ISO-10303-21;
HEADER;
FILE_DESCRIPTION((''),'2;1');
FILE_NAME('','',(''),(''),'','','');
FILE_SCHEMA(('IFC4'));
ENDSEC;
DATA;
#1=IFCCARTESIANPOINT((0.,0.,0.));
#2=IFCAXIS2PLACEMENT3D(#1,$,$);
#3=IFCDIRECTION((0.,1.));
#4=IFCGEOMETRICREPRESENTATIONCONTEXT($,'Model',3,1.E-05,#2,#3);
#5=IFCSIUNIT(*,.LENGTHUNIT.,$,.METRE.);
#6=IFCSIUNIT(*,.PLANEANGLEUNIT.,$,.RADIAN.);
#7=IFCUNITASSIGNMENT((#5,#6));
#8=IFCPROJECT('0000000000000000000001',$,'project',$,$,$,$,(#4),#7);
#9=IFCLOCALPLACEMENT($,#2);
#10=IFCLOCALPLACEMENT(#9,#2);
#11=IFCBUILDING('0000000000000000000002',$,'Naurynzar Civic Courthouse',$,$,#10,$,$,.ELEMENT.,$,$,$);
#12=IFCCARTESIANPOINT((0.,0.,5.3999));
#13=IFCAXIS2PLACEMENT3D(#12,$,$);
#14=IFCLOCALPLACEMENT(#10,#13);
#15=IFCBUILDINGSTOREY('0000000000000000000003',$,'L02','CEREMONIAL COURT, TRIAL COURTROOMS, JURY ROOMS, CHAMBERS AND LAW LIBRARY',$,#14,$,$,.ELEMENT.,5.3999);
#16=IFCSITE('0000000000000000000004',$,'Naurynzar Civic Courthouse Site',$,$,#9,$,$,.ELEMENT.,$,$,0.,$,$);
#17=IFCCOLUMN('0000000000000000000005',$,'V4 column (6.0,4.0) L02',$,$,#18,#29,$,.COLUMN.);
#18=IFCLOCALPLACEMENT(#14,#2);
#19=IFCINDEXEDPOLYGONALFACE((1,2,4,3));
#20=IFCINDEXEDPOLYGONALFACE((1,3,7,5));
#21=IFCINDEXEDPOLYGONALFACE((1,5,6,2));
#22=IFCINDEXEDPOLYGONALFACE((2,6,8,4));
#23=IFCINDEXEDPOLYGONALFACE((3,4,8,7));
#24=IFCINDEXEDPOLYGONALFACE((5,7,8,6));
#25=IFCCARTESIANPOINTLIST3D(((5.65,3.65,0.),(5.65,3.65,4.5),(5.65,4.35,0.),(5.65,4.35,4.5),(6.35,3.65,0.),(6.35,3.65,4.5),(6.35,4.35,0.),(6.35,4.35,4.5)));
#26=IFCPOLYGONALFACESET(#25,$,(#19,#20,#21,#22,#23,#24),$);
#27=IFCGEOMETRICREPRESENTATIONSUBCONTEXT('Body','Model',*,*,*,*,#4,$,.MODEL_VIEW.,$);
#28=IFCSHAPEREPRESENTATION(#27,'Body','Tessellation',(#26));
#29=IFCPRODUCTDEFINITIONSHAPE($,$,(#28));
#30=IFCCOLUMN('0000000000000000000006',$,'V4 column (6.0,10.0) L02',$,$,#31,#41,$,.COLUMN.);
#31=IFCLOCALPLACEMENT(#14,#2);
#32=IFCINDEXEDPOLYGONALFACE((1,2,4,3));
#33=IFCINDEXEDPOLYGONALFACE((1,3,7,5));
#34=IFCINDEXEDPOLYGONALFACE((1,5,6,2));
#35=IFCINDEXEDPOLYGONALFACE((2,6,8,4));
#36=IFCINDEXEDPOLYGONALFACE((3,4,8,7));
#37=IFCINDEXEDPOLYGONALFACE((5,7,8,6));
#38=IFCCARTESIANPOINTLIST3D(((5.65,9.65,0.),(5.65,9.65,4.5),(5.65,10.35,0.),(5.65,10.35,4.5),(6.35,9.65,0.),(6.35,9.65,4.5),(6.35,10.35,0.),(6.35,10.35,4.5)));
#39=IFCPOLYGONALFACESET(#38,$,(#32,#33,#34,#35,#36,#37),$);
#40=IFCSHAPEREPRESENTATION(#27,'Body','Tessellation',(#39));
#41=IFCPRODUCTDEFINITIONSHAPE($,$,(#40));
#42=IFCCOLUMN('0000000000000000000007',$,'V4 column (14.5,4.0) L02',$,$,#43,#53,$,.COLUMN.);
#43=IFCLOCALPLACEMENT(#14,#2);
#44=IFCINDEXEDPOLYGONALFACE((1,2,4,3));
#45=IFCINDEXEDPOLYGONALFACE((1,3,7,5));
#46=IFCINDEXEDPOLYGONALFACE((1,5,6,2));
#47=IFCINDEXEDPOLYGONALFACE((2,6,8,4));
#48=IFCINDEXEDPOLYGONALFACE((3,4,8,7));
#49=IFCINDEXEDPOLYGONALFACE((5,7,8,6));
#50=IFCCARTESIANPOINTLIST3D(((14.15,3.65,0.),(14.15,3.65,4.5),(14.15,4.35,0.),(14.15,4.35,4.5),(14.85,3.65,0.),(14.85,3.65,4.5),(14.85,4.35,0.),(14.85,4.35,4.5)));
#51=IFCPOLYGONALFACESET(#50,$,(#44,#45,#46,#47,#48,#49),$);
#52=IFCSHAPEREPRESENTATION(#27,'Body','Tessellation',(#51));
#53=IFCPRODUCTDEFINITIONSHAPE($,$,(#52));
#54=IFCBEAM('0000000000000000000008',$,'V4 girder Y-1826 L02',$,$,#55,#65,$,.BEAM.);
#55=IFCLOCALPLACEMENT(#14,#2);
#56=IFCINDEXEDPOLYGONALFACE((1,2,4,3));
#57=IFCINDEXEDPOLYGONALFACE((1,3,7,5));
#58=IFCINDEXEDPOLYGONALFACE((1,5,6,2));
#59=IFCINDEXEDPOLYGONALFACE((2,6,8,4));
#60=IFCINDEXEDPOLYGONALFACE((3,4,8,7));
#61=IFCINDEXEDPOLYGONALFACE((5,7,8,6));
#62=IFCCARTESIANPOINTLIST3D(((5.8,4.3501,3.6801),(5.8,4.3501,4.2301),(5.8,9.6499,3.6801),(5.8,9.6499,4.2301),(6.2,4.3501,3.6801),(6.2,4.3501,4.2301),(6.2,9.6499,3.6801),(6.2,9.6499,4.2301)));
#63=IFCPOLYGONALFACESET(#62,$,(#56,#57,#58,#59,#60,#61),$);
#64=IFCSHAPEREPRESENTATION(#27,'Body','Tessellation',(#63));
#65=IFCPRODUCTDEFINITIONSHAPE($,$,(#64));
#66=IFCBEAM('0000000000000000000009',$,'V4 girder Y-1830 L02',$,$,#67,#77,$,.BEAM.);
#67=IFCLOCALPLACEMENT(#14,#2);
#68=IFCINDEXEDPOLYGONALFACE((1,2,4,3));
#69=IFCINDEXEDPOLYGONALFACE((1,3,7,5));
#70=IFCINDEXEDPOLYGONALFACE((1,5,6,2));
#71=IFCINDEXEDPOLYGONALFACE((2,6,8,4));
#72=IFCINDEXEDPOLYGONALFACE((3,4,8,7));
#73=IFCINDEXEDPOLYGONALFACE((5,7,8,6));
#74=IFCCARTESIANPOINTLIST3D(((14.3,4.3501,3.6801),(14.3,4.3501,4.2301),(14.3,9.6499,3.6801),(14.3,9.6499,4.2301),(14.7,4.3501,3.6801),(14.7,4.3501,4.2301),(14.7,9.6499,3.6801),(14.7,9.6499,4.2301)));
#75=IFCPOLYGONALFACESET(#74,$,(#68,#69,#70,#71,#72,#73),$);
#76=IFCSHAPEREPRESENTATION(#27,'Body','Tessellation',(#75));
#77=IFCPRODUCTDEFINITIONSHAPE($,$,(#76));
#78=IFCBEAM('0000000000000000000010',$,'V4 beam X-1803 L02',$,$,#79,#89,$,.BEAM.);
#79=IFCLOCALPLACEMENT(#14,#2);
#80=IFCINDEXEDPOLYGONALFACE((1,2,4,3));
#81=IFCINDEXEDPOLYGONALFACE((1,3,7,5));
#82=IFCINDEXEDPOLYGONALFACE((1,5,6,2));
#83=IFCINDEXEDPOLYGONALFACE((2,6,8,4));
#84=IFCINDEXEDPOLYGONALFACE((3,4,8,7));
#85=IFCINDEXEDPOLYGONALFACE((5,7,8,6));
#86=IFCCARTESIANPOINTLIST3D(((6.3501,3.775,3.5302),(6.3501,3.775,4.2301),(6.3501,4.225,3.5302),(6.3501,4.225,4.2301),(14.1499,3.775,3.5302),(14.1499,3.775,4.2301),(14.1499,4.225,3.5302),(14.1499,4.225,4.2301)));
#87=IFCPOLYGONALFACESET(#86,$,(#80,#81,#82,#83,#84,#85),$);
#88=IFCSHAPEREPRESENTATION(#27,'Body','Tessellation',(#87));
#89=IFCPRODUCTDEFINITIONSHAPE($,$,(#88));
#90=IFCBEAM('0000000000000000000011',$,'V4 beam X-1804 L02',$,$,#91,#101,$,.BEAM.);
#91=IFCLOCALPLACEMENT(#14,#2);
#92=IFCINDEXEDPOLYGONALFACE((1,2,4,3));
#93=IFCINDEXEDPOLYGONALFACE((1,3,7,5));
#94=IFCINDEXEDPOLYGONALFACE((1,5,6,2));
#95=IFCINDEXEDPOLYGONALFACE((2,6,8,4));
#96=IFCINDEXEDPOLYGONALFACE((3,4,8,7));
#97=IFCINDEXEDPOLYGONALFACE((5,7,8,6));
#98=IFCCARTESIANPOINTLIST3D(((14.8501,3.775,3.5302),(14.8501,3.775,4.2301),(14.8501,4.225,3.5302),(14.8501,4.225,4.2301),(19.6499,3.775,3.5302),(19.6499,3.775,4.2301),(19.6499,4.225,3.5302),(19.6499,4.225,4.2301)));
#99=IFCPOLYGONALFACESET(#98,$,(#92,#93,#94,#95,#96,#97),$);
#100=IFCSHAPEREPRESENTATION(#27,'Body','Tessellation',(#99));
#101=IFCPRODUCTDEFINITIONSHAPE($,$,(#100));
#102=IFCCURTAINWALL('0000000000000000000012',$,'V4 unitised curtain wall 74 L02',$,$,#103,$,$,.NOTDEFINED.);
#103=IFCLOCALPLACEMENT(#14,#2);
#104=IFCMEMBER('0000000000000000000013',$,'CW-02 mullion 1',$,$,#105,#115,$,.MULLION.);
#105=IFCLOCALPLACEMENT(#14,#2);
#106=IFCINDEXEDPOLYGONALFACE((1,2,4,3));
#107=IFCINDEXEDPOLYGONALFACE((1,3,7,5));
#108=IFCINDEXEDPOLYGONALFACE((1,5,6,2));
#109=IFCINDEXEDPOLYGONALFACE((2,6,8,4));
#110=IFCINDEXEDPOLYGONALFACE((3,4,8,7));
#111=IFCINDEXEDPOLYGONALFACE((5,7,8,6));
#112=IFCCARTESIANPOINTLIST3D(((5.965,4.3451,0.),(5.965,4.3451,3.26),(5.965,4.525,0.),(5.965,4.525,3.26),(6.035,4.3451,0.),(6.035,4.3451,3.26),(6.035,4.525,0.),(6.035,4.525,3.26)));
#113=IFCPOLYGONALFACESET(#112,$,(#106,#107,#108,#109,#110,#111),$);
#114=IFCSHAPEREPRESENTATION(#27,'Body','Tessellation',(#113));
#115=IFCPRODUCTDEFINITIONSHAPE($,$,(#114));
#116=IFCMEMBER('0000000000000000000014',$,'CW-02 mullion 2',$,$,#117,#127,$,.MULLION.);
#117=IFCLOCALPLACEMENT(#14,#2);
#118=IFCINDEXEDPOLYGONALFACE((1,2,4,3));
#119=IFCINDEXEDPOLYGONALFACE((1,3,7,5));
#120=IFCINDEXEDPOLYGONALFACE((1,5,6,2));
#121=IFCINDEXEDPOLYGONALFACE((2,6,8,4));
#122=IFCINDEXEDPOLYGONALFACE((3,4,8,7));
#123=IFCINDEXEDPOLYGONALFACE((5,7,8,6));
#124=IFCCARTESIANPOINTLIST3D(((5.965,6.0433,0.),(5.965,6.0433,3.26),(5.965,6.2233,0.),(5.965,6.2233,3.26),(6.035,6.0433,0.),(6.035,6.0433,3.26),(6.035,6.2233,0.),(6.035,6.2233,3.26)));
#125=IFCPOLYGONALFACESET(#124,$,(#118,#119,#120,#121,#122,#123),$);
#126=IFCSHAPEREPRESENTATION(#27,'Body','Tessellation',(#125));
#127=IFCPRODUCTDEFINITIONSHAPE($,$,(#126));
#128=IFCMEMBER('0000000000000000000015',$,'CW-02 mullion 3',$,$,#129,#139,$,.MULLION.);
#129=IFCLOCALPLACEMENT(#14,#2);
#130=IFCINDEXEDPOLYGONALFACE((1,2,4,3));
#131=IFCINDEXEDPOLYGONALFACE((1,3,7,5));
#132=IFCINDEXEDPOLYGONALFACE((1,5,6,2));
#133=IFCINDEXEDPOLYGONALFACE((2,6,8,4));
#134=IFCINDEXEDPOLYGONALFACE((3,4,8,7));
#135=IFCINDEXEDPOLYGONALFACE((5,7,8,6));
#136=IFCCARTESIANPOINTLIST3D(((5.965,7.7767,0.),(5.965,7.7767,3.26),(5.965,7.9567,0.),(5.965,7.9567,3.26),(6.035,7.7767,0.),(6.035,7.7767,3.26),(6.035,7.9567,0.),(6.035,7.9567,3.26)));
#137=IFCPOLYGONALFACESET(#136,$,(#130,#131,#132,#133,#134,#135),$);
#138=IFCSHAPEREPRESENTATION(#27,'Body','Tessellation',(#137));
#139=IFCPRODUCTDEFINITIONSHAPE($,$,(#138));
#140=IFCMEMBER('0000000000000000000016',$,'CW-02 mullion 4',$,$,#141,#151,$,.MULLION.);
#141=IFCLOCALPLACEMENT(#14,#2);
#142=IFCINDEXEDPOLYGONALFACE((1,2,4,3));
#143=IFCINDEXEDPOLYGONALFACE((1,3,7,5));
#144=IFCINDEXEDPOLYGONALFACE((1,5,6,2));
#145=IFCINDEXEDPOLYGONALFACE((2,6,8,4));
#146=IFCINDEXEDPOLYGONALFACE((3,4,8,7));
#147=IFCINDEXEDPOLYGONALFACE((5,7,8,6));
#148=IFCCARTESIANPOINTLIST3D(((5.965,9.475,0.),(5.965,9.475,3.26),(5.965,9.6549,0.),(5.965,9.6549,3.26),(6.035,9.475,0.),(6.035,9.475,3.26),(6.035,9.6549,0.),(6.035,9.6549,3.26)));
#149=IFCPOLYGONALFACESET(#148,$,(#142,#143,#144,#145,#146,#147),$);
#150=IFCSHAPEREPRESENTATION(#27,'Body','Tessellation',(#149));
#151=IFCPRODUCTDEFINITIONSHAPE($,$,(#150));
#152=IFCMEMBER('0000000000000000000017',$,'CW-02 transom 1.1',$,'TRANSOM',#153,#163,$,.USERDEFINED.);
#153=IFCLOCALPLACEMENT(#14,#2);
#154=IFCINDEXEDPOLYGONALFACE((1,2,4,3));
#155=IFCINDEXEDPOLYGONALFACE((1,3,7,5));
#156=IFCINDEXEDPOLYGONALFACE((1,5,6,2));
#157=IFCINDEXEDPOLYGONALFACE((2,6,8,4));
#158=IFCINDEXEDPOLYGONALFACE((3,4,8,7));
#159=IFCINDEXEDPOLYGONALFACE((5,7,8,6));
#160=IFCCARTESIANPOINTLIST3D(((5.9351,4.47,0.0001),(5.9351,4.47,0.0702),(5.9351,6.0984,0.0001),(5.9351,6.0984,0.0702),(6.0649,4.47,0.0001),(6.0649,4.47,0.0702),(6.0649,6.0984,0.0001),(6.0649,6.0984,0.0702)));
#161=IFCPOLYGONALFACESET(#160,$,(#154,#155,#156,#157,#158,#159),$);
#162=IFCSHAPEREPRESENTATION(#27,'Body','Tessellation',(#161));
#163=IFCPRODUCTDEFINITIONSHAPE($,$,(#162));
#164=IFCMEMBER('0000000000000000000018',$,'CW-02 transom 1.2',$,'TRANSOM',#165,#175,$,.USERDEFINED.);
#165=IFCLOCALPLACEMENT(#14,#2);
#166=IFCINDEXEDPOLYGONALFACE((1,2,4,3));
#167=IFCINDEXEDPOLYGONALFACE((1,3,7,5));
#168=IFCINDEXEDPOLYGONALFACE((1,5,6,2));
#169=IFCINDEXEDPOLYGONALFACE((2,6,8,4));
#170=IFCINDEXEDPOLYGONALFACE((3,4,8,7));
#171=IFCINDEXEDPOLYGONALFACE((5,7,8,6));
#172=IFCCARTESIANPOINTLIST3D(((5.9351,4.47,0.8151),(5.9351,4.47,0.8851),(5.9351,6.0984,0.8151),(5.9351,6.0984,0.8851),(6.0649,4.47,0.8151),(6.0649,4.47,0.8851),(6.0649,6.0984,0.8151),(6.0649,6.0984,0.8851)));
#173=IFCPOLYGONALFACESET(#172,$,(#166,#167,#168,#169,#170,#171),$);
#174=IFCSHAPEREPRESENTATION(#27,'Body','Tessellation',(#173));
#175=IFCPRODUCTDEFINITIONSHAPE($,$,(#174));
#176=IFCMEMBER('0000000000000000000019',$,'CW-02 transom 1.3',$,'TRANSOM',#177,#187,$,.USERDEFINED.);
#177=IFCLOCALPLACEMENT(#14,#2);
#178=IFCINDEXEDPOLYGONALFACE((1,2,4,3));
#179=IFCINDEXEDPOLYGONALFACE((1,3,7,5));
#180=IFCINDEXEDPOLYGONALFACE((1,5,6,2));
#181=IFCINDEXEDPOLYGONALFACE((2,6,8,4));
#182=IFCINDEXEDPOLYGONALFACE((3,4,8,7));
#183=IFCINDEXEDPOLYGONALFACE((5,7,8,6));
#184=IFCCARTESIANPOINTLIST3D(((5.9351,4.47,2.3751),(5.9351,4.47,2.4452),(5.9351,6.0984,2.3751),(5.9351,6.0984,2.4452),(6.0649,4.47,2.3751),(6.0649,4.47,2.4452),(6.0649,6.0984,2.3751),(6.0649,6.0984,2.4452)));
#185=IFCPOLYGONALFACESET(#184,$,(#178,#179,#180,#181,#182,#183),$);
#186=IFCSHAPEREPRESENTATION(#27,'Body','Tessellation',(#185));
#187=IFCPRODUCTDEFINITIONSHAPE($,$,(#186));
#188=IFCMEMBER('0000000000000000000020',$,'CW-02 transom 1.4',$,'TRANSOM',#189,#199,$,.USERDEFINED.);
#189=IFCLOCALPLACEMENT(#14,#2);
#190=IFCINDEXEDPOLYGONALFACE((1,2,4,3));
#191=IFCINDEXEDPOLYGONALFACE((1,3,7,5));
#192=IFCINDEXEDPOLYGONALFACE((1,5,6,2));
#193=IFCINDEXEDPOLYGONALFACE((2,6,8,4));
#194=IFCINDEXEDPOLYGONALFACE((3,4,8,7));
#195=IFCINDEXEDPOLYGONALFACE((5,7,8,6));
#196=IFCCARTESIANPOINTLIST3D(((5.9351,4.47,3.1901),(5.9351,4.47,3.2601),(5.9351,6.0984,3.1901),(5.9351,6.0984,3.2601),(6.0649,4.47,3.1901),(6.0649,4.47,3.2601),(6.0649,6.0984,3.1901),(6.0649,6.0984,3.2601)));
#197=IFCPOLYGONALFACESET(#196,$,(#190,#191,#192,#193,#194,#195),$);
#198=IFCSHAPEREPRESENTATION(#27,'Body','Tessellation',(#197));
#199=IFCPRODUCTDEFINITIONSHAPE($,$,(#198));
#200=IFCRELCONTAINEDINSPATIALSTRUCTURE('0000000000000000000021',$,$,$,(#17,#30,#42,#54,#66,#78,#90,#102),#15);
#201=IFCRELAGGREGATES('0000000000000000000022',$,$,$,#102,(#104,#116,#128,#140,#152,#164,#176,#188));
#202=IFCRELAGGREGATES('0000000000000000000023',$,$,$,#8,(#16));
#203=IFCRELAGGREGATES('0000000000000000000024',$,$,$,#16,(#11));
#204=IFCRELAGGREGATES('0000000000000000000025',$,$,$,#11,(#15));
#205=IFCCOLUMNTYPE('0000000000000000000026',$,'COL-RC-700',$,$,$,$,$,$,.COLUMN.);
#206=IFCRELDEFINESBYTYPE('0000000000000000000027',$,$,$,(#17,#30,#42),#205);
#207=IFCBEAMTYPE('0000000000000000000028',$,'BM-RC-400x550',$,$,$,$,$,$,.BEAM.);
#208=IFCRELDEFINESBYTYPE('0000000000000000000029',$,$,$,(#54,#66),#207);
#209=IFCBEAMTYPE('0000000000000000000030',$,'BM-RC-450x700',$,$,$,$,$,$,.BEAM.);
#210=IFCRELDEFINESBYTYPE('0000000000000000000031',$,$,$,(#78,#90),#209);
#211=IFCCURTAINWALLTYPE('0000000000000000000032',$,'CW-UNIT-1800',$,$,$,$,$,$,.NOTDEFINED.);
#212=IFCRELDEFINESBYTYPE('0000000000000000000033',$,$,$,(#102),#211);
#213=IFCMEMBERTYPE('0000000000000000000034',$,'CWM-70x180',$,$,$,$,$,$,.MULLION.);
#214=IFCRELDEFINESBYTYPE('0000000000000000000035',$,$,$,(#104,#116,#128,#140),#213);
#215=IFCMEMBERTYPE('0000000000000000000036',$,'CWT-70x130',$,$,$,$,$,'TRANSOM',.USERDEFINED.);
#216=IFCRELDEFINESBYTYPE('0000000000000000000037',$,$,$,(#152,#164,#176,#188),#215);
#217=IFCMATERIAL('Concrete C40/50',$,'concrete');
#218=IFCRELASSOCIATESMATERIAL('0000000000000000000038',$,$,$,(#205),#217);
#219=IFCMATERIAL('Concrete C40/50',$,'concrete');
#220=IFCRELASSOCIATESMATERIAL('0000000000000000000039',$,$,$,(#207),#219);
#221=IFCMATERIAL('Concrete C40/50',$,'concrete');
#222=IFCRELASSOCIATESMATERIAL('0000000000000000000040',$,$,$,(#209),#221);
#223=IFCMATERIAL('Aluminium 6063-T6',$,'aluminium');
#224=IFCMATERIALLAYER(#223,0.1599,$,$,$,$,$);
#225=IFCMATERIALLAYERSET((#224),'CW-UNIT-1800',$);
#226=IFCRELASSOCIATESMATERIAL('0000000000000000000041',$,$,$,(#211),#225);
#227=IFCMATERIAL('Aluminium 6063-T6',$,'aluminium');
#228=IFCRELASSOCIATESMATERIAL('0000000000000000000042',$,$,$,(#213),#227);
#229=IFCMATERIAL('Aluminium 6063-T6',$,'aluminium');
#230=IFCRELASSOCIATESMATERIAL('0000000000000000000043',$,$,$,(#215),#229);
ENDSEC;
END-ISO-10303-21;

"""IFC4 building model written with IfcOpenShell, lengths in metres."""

from ifc_helpers import new_model, si_unit, direction, frame, origin, origin_2d, place, context, subcontext, project, spatial, rectangle, extrude, material, layer, layer_set, material_profile, profile_set, type_object, element, aggregate, save


model = new_model("IFC4")

# Units and contexts
model_context = context("Model", 3, precision=1e-05, world=origin(), true_north=direction((0.0, 1.0)))
body_context = subcontext(model_context, "Body", "Model", "MODEL_VIEW")
ifc_project = project(units=[si_unit("LENGTHUNIT", "METRE"), si_unit("PLANEANGLEUNIT", "RADIAN")], contexts=[model_context])

# Site, building, storey
site_placement = place(None, origin())
site = spatial("IfcSite", under=ifc_project, at=site_placement, Name="Naurynzar Civic Courthouse Site", CompositionType="ELEMENT", RefElevation=0.0)
building_placement = place(site_placement, origin())
building = spatial("IfcBuilding", under=site, at=building_placement, Name="Naurynzar Civic Courthouse", CompositionType="ELEMENT")
storey_placement = place(building_placement, frame((0.0, 0.0, 5.3999)))
storey = spatial("IfcBuildingStorey", under=building, at=storey_placement, Name="L02", Description="CEREMONIAL COURT, TRIAL COURTROOMS, JURY ROOMS, CHAMBERS AND LAW LIBRARY", CompositionType="ELEMENT", Elevation=5.3999)

# Columns
ifc_material_1 = material(Name="Concrete C40/50", Category="concrete")
ifc_material_profile_1 = material_profile(ifc_material_1, rectangle(XDim=0.7, YDim=0.7, at=origin_2d()), Name="RC 700x700")
ifc_profile_set_1 = profile_set([ifc_material_profile_1], Name="Concrete C40/50")
column_type = type_object("IfcColumnType", Name="COL-RC-700", PredefinedType="COLUMN", material=ifc_profile_set_1)
for number, where, z_axis, x_axis, name in (
    (1, (6.0, 4.0, 0.0), (0.0, 0.0, 1.0), (1.0, 0.0, 0.0), "V4 column (6.0,4.0) L02"),
    (2, (6.0, 10.0, 0.0), (0.0, 0.0, 1.0), (1.0, 0.0, 0.0), "V4 column (6.0,10.0) L02"),
    (3, (14.5, 4.0, 0.0), (0.0, 0.0, 1.0), (1.0, 0.0, 0.0), "V4 column (14.5,4.0) L02"),
):
    element("IfcColumn", number, at=place(storey_placement, frame(where, z_axis=z_axis, x_axis=x_axis)), inside=storey, type_object=column_type, Name=name, PredefinedType="COLUMN", context=body_context, shape_type="SweptSolid", body=[
        extrude(rectangle(XDim=0.7, YDim=0.7, at=origin_2d()), origin(), (0.0, 0.0, 1.0), 4.5),
    ])

# Beams
ifc_material_2 = material(Name="Concrete C40/50", Category="concrete")
ifc_material_profile_2 = material_profile(ifc_material_2, rectangle(XDim=0.3999, YDim=0.55, at=origin_2d()), Name="RCB 400x550")
ifc_profile_set_2 = profile_set([ifc_material_profile_2], Name="Concrete C40/50")
beam_type_1 = type_object("IfcBeamType", Name="BM-RC-400x550", PredefinedType="BEAM", material=ifc_profile_set_2)
for number, where, z_axis, x_axis, name in (
    (4, (6.0, 4.3501, 3.9551), (0.0, 1.0, 0.0), (-1.0, 0.0, 0.0), "V4 girder Y-1826 L02"),
    (5, (14.5, 4.3501, 3.9551), (0.0, 1.0, 0.0), (-1.0, 0.0, 0.0), "V4 girder Y-1830 L02"),
):
    element("IfcBeam", number, at=place(storey_placement, frame(where, z_axis=z_axis, x_axis=x_axis)), inside=storey, type_object=beam_type_1, Name=name, PredefinedType="BEAM", context=body_context, shape_type="SweptSolid", body=[
        extrude(rectangle(XDim=0.3999, YDim=0.55, at=origin_2d()), origin(), (0.0, 0.0, 1.0), 5.2998),
    ])
ifc_material_3 = material(Name="Concrete C40/50", Category="concrete")
ifc_material_profile_3 = material_profile(ifc_material_3, rectangle(XDim=0.45, YDim=0.7, at=origin_2d()), Name="RCB 450x700")
ifc_profile_set_3 = profile_set([ifc_material_profile_3], Name="Concrete C40/50")
beam_type_2 = type_object("IfcBeamType", Name="BM-RC-450x700", PredefinedType="BEAM", material=ifc_profile_set_3)
beam_1_placement = place(storey_placement, frame((6.3501, 4.0, 3.8801), z_axis=(1.0, 0.0, 0.0), x_axis=(0.0, 1.0, 0.0)))
element("IfcBeam", 6, at=beam_1_placement, inside=storey, type_object=beam_type_2, Name="V4 beam X-1803 L02", PredefinedType="BEAM", context=body_context, shape_type="SweptSolid", body=[
    extrude(rectangle(XDim=0.45, YDim=0.7, at=origin_2d()), origin(), (0.0, 0.0, 1.0), 7.7998),
])
beam_2_placement = place(storey_placement, frame((14.8501, 4.0, 3.8801), z_axis=(1.0, 0.0, 0.0), x_axis=(0.0, 1.0, 0.0)))
element("IfcBeam", 7, at=beam_2_placement, inside=storey, type_object=beam_type_2, Name="V4 beam X-1804 L02", PredefinedType="BEAM", context=body_context, shape_type="SweptSolid", body=[
    extrude(rectangle(XDim=0.45, YDim=0.7, at=origin_2d()), origin(), (0.0, 0.0, 1.0), 4.7998),
])

# Curtain wall, members
ifc_material_4 = material(Name="Aluminium 6063-T6", Category="aluminium")
ifc_layer_1 = layer(ifc_material_4, 0.1599)
ifc_layer_set_1 = layer_set([ifc_layer_1], Name="CW-UNIT-1800")
curtain_wall_type = type_object("IfcCurtainWallType", Name="CW-UNIT-1800", PredefinedType="NOTDEFINED", material=ifc_layer_set_1)
curtain_wall_placement = place(storey_placement, origin())
curtain_wall = element("IfcCurtainWall", 8, at=curtain_wall_placement, inside=storey, type_object=curtain_wall_type, Name="V4 unitised curtain wall 74 L02", PredefinedType="NOTDEFINED")
ifc_material_5 = material(Name="Aluminium 6063-T6", Category="aluminium")
ifc_material_profile_4 = material_profile(ifc_material_5, rectangle(XDim=0.0701, YDim=0.1799, at=origin_2d()), Name="ALU MULLION 70x180")
ifc_profile_set_4 = profile_set([ifc_material_profile_4], Name="Aluminium 6063-T6")
member_type_1 = type_object("IfcMemberType", Name="CWM-70x180", PredefinedType="MULLION", material=ifc_profile_set_4)
member_1_placement = place(storey_placement, frame((6.0, 4.4351, 0.0), z_axis=(0.0, 0.0, 1.0), x_axis=(-1.0, 0.0, 0.0)))
member_1 = element("IfcMember", 9, at=member_1_placement, type_object=member_type_1, Name="CW-02 mullion 1", PredefinedType="MULLION", context=body_context, shape_type="SweptSolid", body=[
    extrude(rectangle(XDim=0.0701, YDim=0.1799, at=origin_2d()), origin(), (0.0, 0.0, 1.0), 3.26),
])
member_2_placement = place(storey_placement, frame((6.0, 6.1333, 0.0), z_axis=(0.0, 0.0, 1.0), x_axis=(-1.0, 0.0, 0.0)))
member_2 = element("IfcMember", 10, at=member_2_placement, type_object=member_type_1, Name="CW-02 mullion 2", PredefinedType="MULLION", context=body_context, shape_type="SweptSolid", body=[
    extrude(rectangle(XDim=0.0701, YDim=0.1799, at=origin_2d()), origin(), (0.0, 0.0, 1.0), 3.26),
])
member_3_placement = place(storey_placement, frame((6.0, 7.8667, 0.0), z_axis=(0.0, 0.0, 1.0), x_axis=(-1.0, 0.0, 0.0)))
member_3 = element("IfcMember", 11, at=member_3_placement, type_object=member_type_1, Name="CW-02 mullion 3", PredefinedType="MULLION", context=body_context, shape_type="SweptSolid", body=[
    extrude(rectangle(XDim=0.0701, YDim=0.1799, at=origin_2d()), origin(), (0.0, 0.0, 1.0), 3.26),
])
member_4_placement = place(storey_placement, frame((6.0, 9.5649, 0.0), z_axis=(0.0, 0.0, 1.0), x_axis=(-1.0, 0.0, 0.0)))
member_4 = element("IfcMember", 12, at=member_4_placement, type_object=member_type_1, Name="CW-02 mullion 4", PredefinedType="MULLION", context=body_context, shape_type="SweptSolid", body=[
    extrude(rectangle(XDim=0.0701, YDim=0.1799, at=origin_2d()), origin(), (0.0, 0.0, 1.0), 3.26),
])
ifc_material_6 = material(Name="Aluminium 6063-T6", Category="aluminium")
ifc_material_profile_5 = material_profile(ifc_material_6, rectangle(XDim=0.1299, YDim=0.0701, at=origin_2d()), Name="ALU TRANSOM 70x130")
ifc_profile_set_5 = profile_set([ifc_material_profile_5], Name="Aluminium 6063-T6")
member_type_2 = type_object("IfcMemberType", Name="CWT-70x130", ElementType="TRANSOM", PredefinedType="USERDEFINED", material=ifc_profile_set_5)
member_5_placement = place(storey_placement, frame((6.0, 4.47, 0.0352), z_axis=(0.0, 1.0, 0.0), x_axis=(-1.0, 0.0, 0.0)))
member_5 = element("IfcMember", 13, at=member_5_placement, type_object=member_type_2, Name="CW-02 transom 1.1", ObjectType="TRANSOM", PredefinedType="USERDEFINED", context=body_context, shape_type="SweptSolid", body=[
    extrude(rectangle(XDim=0.1299, YDim=0.0701, at=origin_2d()), origin(), (0.0, 0.0, 1.0), 1.6284),
])
member_6_placement = place(storey_placement, frame((6.0, 4.47, 0.8501), z_axis=(0.0, 1.0, 0.0), x_axis=(-1.0, 0.0, 0.0)))
member_6 = element("IfcMember", 14, at=member_6_placement, type_object=member_type_2, Name="CW-02 transom 1.2", ObjectType="TRANSOM", PredefinedType="USERDEFINED", context=body_context, shape_type="SweptSolid", body=[
    extrude(rectangle(XDim=0.1299, YDim=0.0701, at=origin_2d()), origin(), (0.0, 0.0, 1.0), 1.6284),
])
member_7_placement = place(storey_placement, frame((6.0, 4.47, 2.4102), z_axis=(0.0, 1.0, 0.0), x_axis=(-1.0, 0.0, 0.0)))
member_7 = element("IfcMember", 15, at=member_7_placement, type_object=member_type_2, Name="CW-02 transom 1.3", ObjectType="TRANSOM", PredefinedType="USERDEFINED", context=body_context, shape_type="SweptSolid", body=[
    extrude(rectangle(XDim=0.1299, YDim=0.0701, at=origin_2d()), origin(), (0.0, 0.0, 1.0), 1.6284),
])
member_8_placement = place(storey_placement, frame((6.0, 4.47, 3.2251), z_axis=(0.0, 1.0, 0.0), x_axis=(-1.0, 0.0, 0.0)))
member_8 = element("IfcMember", 16, at=member_8_placement, type_object=member_type_2, Name="CW-02 transom 1.4", ObjectType="TRANSOM", PredefinedType="USERDEFINED", context=body_context, shape_type="SweptSolid", body=[
    extrude(rectangle(XDim=0.1299, YDim=0.0701, at=origin_2d()), origin(), (0.0, 0.0, 1.0), 1.6284),
])
aggregate(curtain_wall, [member_1, member_2, member_3, member_4, member_5, member_6, member_7, member_8])

save(model, "model.ifc")
